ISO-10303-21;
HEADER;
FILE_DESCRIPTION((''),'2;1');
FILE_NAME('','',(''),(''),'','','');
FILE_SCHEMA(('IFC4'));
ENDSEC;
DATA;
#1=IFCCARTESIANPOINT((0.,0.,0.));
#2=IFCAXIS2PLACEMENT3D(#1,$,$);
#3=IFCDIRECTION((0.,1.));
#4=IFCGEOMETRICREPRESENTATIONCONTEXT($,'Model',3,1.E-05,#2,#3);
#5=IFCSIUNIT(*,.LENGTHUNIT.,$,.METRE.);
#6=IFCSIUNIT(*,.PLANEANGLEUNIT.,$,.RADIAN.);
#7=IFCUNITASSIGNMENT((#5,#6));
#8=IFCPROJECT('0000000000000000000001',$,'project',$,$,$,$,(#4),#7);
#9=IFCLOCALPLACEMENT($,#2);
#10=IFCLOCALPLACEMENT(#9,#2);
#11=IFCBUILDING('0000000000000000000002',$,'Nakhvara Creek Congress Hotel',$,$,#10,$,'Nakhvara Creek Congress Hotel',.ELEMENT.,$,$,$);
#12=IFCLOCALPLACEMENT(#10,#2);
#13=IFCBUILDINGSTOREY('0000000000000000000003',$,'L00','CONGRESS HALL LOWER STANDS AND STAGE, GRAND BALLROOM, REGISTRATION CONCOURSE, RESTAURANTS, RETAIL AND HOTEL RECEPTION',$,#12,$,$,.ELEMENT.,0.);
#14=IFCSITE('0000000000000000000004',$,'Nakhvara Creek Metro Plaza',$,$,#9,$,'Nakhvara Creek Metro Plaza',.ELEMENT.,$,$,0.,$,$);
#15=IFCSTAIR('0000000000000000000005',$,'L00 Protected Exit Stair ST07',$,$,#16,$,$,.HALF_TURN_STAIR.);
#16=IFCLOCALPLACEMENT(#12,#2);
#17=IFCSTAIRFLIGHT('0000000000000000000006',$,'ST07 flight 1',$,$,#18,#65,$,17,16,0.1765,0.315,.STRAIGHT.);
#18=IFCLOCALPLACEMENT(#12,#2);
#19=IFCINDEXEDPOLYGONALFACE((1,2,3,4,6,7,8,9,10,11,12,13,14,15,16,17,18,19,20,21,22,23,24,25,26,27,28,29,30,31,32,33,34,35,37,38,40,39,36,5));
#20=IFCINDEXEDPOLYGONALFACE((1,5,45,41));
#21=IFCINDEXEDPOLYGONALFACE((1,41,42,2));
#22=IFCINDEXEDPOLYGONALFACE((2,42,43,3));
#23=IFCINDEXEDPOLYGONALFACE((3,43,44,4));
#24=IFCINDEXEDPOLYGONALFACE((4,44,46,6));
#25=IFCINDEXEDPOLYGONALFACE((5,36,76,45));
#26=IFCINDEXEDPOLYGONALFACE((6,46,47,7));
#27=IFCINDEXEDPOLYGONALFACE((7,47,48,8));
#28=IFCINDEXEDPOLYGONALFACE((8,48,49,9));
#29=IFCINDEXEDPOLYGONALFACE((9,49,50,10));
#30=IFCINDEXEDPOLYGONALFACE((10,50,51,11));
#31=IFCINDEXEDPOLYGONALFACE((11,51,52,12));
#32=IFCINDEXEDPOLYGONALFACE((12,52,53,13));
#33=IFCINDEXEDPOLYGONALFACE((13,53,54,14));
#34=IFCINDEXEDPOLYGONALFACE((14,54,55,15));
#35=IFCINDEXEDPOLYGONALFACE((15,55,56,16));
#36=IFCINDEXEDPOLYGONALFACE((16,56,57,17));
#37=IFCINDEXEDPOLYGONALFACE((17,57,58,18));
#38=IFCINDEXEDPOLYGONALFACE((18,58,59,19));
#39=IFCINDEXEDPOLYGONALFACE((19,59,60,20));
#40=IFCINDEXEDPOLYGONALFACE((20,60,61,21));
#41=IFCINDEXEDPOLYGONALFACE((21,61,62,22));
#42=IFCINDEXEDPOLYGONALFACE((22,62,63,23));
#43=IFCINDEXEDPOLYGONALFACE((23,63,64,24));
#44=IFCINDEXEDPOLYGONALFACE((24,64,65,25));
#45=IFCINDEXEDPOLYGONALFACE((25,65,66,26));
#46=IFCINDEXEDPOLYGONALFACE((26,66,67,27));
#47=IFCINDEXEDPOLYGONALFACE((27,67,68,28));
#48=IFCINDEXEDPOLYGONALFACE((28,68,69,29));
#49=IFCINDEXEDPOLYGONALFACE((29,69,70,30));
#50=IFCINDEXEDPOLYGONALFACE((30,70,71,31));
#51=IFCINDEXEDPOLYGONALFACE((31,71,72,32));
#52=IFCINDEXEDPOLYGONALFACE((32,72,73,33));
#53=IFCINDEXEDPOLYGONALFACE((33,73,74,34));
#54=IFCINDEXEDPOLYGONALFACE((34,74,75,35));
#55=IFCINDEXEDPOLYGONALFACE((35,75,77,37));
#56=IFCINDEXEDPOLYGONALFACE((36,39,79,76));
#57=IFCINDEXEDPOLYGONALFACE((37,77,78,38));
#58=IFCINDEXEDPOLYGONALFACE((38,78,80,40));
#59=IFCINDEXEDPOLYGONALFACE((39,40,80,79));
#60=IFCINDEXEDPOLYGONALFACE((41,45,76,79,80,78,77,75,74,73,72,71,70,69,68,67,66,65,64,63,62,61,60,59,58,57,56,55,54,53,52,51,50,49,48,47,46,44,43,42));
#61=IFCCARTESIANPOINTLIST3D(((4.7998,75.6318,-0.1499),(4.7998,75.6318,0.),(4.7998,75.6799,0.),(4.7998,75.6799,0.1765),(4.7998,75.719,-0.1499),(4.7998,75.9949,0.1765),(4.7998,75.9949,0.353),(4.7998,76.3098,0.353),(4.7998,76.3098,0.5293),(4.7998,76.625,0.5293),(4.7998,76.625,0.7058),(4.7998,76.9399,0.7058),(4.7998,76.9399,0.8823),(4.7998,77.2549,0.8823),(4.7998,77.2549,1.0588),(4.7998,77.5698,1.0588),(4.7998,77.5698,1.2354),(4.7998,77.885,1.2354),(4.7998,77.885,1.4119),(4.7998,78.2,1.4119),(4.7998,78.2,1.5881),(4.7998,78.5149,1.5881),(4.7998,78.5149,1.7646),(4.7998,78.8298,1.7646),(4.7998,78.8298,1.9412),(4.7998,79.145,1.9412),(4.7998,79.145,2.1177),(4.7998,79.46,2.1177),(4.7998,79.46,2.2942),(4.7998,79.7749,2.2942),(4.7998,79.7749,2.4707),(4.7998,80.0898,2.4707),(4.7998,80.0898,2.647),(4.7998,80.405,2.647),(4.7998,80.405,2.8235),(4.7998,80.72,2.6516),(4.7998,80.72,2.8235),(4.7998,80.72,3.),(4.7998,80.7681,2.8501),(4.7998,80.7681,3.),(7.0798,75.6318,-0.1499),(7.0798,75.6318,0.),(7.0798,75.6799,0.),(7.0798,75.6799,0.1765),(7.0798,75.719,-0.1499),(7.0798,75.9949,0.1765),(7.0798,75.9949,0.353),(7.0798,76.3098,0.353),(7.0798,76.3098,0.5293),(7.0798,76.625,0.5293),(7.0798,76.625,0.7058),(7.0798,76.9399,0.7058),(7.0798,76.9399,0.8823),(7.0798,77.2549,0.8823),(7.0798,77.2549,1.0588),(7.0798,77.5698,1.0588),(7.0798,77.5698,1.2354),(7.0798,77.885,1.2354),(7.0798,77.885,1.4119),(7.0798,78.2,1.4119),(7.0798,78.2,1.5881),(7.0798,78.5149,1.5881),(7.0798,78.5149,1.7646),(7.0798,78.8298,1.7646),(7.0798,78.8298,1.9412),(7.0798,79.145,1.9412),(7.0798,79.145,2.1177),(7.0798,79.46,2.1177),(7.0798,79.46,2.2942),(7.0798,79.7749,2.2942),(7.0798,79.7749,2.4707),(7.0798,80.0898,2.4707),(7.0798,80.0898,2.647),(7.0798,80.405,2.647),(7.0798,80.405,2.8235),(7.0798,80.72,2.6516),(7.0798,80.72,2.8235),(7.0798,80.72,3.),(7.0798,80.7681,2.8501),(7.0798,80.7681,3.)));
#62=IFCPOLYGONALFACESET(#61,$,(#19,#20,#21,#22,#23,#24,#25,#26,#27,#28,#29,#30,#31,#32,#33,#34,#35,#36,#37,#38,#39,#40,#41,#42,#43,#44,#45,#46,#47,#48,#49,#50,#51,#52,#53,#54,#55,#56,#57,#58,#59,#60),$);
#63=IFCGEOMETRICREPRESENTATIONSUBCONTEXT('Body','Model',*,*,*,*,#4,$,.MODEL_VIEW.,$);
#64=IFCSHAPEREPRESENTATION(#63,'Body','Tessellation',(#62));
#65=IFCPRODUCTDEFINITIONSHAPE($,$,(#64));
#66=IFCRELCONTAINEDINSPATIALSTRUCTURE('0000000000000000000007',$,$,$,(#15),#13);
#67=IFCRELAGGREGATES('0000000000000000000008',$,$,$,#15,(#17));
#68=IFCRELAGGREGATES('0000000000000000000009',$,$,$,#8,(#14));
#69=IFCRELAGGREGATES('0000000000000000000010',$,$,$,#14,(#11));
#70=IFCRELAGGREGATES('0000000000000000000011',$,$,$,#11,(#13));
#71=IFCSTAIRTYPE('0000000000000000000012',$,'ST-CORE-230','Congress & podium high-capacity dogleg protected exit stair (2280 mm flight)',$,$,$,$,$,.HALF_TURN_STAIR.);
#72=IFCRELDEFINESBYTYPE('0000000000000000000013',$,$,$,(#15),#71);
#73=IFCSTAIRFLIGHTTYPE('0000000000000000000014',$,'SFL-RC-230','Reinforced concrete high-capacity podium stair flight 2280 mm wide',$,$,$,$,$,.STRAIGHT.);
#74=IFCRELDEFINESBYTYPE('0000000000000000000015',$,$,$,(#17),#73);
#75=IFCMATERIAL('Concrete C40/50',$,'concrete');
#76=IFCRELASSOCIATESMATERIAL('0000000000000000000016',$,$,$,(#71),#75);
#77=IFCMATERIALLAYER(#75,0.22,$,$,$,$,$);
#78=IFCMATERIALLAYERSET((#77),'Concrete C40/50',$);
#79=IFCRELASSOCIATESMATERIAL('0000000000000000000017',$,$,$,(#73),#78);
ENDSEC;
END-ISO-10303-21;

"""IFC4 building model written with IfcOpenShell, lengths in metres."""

from ifc_helpers import new_model, si_unit, direction, frame, origin, place, context, subcontext, project, spatial, polyline, outline, extrude, material, layer, layer_set, type_object, element, aggregate, save


model = new_model("IFC4")

# Units and contexts
model_context = context("Model", 3, precision=1e-05, world=origin(), true_north=direction((0.0, 1.0)))
body_context = subcontext(model_context, "Body", "Model", "MODEL_VIEW")
ifc_project = project(units=[si_unit("LENGTHUNIT", "METRE"), si_unit("PLANEANGLEUNIT", "RADIAN")], contexts=[model_context])

# Site, building, storey
site_placement = place(None, origin())
site = spatial("IfcSite", under=ifc_project, at=site_placement, Name="Nakhvara Creek Metro Plaza", LongName="Nakhvara Creek Metro Plaza", CompositionType="ELEMENT", RefElevation=0.0)
building_placement = place(site_placement, origin())
building = spatial("IfcBuilding", under=site, at=building_placement, Name="Nakhvara Creek Congress Hotel", LongName="Nakhvara Creek Congress Hotel", CompositionType="ELEMENT")
storey_placement = place(building_placement, origin())
storey = spatial("IfcBuildingStorey", under=building, at=storey_placement, Name="L00", Description="CONGRESS HALL LOWER STANDS AND STAGE, GRAND BALLROOM, REGISTRATION CONCOURSE, RESTAURANTS, RETAIL AND HOTEL RECEPTION", CompositionType="ELEMENT", Elevation=0.0)

# Stair, stair flight
ifc_material_1 = material(Name="Concrete C40/50", Category="concrete")
stair_type = type_object("IfcStairType", Name="ST-CORE-230", Description="Congress & podium high-capacity dogleg protected exit stair (2280 mm flight)", PredefinedType="HALF_TURN_STAIR", material=ifc_material_1)
stair_placement = place(storey_placement, origin())
stair = element("IfcStair", 1, at=stair_placement, inside=storey, type_object=stair_type, Name="L00 Protected Exit Stair ST07", PredefinedType="HALF_TURN_STAIR")
ifc_layer_1 = layer(ifc_material_1, 0.22)
ifc_layer_set_1 = layer_set([ifc_layer_1], Name="Concrete C40/50")
stair_flight_type = type_object("IfcStairFlightType", Name="SFL-RC-230", Description="Reinforced concrete high-capacity podium stair flight 2280 mm wide", PredefinedType="STRAIGHT", material=ifc_layer_set_1)
stair_flight_placement = place(storey_placement, frame((5.9399, 75.6799, 0.0), z_axis=(0.0, 0.0, 1.0), x_axis=(0.0, 1.0, 0.0)))
stair_flight = element("IfcStairFlight", 2, at=stair_flight_placement, type_object=stair_flight_type, Name="ST07 flight 1", NumberOfRisers=17, NumberOfTreads=16, PredefinedType="STRAIGHT", RiserHeight=0.1765, TreadLength=0.315, context=body_context, shape_type="SweptSolid", body=[
    extrude(outline(polyline([(-0.0481, 0.0), (0.0, 0.0), (0.0, 0.1765), (0.3149, 0.1765), (0.3149, 0.353), (0.6299, 0.353), (0.6299, 0.5293), (0.9451, 0.5293), (0.9451, 0.7058), (1.26, 0.7058), (1.26, 0.8823), (1.575, 0.8823), (1.575, 1.0588), (1.8899, 1.0588), (1.8899, 1.2354), (2.2051, 1.2354), (2.2051, 1.4119), (2.52, 1.4119), (2.52, 1.5881), (2.835, 1.5881), (2.835, 1.7646), (3.1499, 1.7646), (3.1499, 1.9412), (3.4651, 1.9412), (3.4651, 2.1177), (3.78, 2.1177), (3.78, 2.2942), (4.095, 2.2942), (4.095, 2.4707), (4.4099, 2.4707), (4.4099, 2.647), (4.7251, 2.647), (4.7251, 2.8235), (5.04, 2.8235), (5.04, 3.0), (5.0881, 3.0), (5.0881, 2.8501), (5.04, 2.6516), (0.0391, -0.1499), (-0.0481, -0.1499), (-0.0481, 0.0)])), frame((0.0, 1.1401, 0.0), z_axis=(0.0, -1.0, 0.0), x_axis=(1.0, 0.0, 0.0)), (0.0, 0.0, 1.0), 2.28),
])
aggregate(stair, [stair_flight])

save(model, "model.ifc")
